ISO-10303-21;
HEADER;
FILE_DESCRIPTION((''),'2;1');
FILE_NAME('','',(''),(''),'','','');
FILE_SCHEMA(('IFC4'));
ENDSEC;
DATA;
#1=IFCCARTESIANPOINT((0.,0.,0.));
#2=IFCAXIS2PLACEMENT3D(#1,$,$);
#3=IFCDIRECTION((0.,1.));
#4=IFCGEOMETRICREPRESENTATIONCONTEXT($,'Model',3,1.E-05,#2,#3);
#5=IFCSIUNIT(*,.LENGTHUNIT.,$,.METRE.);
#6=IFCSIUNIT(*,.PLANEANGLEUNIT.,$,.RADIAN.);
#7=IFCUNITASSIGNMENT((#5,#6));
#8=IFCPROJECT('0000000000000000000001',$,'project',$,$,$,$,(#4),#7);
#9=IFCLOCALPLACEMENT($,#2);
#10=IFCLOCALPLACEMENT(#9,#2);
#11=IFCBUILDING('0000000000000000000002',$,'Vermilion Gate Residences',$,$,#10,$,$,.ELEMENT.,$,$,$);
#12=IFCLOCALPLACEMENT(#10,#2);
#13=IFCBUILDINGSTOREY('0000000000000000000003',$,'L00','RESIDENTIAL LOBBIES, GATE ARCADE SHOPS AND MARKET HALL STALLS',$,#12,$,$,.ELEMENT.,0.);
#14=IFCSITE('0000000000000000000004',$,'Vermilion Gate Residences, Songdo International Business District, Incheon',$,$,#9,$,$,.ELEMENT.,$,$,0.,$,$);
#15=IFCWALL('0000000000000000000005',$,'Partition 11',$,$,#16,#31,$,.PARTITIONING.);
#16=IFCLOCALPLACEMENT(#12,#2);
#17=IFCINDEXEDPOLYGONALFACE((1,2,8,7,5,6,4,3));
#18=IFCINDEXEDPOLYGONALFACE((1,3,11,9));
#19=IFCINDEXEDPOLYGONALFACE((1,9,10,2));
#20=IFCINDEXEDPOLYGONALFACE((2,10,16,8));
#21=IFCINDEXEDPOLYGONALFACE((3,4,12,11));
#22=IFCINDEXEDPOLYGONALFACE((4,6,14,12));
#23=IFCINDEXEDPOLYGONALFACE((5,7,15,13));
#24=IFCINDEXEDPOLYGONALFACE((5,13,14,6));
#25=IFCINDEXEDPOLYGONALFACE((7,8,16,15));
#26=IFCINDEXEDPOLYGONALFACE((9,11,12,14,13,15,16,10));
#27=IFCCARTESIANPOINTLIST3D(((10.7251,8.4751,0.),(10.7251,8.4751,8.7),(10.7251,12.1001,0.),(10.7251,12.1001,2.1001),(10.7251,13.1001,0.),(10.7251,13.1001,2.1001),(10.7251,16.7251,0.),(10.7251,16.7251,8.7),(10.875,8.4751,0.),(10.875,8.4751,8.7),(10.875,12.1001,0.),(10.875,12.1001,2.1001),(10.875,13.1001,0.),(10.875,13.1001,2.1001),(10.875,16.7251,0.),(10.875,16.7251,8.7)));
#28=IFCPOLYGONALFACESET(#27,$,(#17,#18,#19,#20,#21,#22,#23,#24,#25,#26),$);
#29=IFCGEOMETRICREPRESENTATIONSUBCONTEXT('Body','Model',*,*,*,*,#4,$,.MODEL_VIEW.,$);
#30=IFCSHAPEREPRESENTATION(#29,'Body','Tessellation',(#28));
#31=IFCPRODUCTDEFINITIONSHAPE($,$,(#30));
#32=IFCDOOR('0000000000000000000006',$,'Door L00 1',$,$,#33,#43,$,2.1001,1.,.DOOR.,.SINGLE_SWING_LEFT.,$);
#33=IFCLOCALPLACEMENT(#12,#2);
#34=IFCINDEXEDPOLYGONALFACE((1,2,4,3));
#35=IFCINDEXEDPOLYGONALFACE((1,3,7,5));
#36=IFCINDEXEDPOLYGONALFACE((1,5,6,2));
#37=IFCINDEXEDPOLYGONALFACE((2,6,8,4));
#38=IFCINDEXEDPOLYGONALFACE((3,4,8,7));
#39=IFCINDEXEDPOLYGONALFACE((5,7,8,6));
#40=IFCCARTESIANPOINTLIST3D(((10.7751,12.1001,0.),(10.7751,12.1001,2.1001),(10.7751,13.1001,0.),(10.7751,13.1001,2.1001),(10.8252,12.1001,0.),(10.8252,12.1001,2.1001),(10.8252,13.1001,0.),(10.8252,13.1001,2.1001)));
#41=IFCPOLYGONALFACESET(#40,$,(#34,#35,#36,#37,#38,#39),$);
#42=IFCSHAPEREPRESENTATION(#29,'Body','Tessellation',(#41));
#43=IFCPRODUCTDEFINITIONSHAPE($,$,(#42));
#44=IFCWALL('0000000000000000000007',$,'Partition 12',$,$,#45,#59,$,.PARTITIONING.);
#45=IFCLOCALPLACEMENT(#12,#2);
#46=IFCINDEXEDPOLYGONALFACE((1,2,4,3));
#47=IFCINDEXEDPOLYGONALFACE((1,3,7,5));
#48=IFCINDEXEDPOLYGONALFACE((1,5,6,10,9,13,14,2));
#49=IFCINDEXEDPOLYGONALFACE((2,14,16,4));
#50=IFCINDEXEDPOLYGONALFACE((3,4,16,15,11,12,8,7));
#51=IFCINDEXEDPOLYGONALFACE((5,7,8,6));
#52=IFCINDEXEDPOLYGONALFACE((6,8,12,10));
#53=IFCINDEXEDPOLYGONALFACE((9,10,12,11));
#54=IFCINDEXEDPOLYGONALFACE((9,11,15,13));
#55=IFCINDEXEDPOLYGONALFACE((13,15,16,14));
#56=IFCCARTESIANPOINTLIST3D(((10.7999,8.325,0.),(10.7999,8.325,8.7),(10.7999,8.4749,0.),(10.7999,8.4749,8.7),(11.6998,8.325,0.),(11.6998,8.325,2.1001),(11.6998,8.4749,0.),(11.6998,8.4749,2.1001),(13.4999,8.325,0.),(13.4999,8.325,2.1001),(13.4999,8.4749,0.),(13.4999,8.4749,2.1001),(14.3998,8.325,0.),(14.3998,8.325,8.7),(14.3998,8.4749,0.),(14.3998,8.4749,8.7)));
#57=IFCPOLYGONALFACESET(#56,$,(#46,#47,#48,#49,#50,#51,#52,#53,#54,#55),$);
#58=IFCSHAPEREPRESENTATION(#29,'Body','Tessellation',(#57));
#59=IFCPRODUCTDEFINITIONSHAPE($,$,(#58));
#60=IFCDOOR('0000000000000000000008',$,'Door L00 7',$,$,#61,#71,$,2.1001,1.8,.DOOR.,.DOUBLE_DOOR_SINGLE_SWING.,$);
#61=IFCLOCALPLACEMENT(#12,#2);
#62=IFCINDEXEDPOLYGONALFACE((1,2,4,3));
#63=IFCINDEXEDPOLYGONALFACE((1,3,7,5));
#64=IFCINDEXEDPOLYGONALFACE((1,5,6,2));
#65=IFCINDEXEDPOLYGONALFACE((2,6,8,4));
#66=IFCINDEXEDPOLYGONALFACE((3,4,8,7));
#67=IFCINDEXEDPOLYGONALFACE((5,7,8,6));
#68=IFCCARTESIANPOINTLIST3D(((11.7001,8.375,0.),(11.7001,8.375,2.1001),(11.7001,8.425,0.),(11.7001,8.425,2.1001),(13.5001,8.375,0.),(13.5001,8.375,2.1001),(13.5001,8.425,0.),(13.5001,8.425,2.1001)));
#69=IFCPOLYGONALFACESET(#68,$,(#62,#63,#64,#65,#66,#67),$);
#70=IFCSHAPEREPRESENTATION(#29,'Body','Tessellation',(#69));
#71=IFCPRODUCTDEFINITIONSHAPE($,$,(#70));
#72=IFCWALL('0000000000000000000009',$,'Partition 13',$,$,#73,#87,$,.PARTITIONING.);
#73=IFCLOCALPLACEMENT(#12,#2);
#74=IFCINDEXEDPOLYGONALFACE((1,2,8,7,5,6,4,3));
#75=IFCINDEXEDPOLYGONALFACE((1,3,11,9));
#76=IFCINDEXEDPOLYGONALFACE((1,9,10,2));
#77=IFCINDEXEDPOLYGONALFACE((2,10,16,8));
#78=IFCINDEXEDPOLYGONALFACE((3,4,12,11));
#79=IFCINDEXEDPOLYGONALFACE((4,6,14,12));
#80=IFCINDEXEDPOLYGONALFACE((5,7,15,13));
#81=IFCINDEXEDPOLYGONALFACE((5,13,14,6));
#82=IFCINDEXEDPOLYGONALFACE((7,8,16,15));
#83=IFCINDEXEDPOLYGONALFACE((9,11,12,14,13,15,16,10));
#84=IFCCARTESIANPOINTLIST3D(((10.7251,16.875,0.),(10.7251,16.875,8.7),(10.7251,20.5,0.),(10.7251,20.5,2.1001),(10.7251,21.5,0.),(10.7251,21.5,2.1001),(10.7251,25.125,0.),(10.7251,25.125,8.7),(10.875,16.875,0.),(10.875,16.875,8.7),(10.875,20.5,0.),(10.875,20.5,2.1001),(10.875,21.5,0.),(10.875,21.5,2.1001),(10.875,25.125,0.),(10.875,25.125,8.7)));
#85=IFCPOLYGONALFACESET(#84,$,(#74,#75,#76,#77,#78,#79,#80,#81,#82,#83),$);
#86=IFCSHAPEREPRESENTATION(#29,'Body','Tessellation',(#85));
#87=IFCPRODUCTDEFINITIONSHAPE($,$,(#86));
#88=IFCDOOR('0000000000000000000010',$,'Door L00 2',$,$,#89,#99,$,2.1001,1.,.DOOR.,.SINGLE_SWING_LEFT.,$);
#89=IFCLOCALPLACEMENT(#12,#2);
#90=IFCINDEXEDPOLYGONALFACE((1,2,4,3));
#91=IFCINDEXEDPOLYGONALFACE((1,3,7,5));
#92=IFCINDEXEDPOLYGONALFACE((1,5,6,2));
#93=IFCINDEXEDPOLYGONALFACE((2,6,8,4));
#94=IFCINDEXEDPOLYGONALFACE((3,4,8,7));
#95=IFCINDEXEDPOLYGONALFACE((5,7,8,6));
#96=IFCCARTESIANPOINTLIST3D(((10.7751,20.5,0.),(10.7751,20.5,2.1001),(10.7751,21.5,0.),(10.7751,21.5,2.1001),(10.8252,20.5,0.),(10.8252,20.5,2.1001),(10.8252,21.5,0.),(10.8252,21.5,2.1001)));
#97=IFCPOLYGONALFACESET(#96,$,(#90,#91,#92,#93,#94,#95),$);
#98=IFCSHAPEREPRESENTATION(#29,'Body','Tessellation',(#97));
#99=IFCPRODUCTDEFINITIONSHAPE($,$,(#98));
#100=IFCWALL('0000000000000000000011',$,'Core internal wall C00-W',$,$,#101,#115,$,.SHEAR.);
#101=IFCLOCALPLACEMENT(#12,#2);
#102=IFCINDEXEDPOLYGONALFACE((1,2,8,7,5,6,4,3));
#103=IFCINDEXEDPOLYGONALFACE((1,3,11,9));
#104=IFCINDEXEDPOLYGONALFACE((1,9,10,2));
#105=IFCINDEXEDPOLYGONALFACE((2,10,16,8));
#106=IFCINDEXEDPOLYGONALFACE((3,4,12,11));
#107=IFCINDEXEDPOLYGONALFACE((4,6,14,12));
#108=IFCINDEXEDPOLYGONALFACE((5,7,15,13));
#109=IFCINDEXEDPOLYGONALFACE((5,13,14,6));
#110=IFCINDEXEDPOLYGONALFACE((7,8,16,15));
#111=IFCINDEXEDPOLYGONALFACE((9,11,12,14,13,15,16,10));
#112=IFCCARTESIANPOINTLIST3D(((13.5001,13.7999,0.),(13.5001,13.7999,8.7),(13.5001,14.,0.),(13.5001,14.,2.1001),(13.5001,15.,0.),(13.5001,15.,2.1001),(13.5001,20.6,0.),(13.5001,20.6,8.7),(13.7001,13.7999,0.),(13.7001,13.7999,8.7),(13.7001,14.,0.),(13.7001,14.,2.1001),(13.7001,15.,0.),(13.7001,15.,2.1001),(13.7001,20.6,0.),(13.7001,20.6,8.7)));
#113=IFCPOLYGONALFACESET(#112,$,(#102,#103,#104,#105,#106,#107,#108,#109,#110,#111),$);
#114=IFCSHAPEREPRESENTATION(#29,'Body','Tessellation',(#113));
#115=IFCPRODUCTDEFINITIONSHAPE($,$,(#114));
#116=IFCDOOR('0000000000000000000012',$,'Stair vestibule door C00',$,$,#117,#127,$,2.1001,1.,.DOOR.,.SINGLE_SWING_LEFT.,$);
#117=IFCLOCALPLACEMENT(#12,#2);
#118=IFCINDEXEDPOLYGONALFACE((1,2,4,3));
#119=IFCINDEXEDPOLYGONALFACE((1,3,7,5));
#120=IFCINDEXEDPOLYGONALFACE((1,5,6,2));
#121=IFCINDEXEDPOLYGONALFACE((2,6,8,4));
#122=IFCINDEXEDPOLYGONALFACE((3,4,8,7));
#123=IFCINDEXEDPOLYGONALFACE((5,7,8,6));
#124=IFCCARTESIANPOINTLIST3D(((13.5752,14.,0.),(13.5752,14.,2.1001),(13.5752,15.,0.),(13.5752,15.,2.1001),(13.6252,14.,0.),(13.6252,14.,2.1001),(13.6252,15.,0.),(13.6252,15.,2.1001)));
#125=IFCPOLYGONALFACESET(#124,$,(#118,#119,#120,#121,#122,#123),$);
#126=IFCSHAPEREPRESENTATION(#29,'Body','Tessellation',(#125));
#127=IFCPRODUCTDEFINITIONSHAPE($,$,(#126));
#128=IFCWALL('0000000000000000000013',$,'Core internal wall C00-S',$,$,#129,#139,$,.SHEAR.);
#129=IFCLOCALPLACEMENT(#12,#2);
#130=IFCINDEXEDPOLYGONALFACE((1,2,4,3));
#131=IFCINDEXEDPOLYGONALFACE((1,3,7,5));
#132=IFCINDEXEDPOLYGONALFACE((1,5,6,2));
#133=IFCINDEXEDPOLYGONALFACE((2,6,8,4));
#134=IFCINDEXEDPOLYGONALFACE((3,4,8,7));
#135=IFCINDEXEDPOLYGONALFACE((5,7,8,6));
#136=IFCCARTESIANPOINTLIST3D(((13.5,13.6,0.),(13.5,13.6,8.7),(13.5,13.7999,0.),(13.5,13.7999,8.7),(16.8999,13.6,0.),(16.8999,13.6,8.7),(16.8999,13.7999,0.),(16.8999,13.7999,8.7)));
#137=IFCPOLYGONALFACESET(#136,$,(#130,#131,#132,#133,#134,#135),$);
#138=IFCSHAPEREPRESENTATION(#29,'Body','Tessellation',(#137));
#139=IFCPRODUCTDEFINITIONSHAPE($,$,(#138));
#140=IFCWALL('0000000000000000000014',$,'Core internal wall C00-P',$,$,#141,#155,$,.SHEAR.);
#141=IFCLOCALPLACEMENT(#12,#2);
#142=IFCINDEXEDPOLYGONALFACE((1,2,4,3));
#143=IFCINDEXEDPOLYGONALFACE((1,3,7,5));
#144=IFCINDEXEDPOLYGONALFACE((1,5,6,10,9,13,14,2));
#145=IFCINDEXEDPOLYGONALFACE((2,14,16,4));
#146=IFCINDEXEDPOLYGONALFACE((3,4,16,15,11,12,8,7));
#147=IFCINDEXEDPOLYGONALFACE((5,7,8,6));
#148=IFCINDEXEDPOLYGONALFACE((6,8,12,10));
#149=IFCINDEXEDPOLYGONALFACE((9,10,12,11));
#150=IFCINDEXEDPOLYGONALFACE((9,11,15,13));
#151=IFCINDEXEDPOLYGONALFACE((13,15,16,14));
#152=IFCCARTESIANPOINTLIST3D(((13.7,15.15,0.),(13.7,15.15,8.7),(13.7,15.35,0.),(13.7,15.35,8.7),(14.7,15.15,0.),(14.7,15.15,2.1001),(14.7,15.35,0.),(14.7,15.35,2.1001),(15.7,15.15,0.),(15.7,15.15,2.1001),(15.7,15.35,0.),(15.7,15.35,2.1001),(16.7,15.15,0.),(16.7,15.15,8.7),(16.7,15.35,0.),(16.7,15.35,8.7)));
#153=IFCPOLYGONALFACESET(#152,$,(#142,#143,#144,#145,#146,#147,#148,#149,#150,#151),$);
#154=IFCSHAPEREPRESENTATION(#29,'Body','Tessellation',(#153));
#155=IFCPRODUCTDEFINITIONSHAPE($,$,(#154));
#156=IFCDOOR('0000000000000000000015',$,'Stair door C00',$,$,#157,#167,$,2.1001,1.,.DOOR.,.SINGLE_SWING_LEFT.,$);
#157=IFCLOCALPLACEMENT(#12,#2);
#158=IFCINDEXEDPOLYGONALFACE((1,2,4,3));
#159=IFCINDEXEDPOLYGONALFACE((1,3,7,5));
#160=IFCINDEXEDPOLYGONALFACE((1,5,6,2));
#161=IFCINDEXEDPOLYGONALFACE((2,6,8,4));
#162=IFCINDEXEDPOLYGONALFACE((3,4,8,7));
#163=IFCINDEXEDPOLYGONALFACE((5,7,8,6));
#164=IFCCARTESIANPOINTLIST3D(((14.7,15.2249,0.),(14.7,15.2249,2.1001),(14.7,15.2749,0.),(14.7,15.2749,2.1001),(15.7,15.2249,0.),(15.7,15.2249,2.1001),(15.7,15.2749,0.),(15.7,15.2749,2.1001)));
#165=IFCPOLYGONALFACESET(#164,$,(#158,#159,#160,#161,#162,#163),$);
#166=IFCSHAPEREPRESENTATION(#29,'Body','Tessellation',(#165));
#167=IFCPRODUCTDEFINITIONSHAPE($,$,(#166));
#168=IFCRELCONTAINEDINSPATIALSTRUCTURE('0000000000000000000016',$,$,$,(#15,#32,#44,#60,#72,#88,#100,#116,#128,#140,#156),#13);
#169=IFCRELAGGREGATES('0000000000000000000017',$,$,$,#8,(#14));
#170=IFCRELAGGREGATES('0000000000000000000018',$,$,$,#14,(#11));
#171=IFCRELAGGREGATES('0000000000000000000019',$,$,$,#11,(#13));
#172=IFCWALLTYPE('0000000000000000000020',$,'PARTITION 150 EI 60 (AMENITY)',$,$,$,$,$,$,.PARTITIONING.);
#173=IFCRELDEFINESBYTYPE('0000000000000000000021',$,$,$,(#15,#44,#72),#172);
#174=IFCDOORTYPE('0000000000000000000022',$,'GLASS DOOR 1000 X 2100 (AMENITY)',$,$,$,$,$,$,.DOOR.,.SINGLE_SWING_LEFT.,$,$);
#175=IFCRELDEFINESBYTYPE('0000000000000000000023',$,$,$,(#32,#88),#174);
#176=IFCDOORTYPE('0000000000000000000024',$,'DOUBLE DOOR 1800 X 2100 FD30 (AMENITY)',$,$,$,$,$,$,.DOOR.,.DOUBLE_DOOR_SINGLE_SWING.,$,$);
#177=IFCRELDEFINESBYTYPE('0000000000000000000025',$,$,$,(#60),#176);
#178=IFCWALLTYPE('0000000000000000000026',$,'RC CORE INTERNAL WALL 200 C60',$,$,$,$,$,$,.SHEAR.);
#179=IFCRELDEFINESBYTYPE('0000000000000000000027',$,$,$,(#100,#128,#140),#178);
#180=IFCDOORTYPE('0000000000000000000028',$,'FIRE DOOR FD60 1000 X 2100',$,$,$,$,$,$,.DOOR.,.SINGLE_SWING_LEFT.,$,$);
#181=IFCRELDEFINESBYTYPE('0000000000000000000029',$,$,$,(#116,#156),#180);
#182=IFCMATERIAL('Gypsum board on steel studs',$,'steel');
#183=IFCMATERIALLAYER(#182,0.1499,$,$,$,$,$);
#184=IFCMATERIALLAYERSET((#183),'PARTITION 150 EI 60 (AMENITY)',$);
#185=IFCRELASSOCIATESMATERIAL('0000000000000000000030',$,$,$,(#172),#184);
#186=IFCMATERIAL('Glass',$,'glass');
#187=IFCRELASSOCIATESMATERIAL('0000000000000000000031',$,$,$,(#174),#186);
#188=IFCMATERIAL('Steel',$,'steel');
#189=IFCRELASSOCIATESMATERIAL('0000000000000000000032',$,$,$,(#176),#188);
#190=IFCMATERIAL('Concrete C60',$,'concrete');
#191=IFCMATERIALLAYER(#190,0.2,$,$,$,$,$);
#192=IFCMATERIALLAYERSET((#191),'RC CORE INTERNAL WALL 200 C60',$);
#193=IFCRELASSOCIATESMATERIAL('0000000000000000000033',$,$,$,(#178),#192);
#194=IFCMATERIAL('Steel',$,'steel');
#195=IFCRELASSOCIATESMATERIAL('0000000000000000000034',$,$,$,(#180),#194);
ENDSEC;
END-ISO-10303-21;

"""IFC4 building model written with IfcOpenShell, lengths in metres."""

from ifc_helpers import new_model, si_unit, direction, frame, frame_2d, origin, place, context, subcontext, project, spatial, rectangle, extrude, material, layer, layer_set, type_object, element, fill, save


model = new_model("IFC4")

# Units and contexts
model_context = context("Model", 3, precision=1e-05, world=origin(), true_north=direction((0.0, 1.0)))
body_context = subcontext(model_context, "Body", "Model", "MODEL_VIEW")
ifc_project = project(units=[si_unit("LENGTHUNIT", "METRE"), si_unit("PLANEANGLEUNIT", "RADIAN")], contexts=[model_context])

# Site, building, storey
site_placement = place(None, origin())
site = spatial("IfcSite", under=ifc_project, at=site_placement, Name="Vermilion Gate Residences, Songdo International Business District, Incheon", CompositionType="ELEMENT", RefElevation=0.0)
building_placement = place(site_placement, origin())
building = spatial("IfcBuilding", under=site, at=building_placement, Name="Vermilion Gate Residences", CompositionType="ELEMENT")
storey_placement = place(building_placement, origin())
storey = spatial("IfcBuildingStorey", under=building, at=storey_placement, Name="L00", Description="RESIDENTIAL LOBBIES, GATE ARCADE SHOPS AND MARKET HALL STALLS", CompositionType="ELEMENT", Elevation=0.0)

# Shared definitions
ifc_material_1 = material(Name="Gypsum board on steel studs", Category="steel")
ifc_layer_1 = layer(ifc_material_1, 0.1499)
ifc_layer_set_1 = layer_set([ifc_layer_1], Name="PARTITION 150 EI 60 (AMENITY)")
wall_type_1 = type_object("IfcWallType", Name="PARTITION 150 EI 60 (AMENITY)", PredefinedType="PARTITIONING", material=ifc_layer_set_1)

# Walls, openings, doors
wall_1_placement = place(storey_placement, frame((10.8, 8.4751, 0.0), z_axis=(0.0, 0.0, 1.0), x_axis=(0.0, 1.0, 0.0)))
wall_1 = element("IfcWall", 1, at=wall_1_placement, inside=storey, type_object=wall_type_1, Name="Partition 11", PredefinedType="PARTITIONING", context=body_context, shape_type="SweptSolid", body=[
    extrude(rectangle(XDim=8.25, YDim=0.1499, at=frame_2d((4.125, 0.0))), origin(), (0.0, 0.0, 1.0), 8.7),
])
opening_1_placement = place(wall_1_placement, frame((3.625, 0.0, 0.0)))
opening_1 = element("IfcOpeningElement", 2, at=opening_1_placement, cuts=wall_1, PredefinedType="OPENING", context=body_context, shape_type="SweptSolid", body=[
    extrude(rectangle(XDim=1.0, YDim=2.1001, at=frame_2d((0.5, 1.05))), frame((0.0, 0.085, 0.0), z_axis=(0.0, -1.0, 0.0), x_axis=(1.0, 0.0, 0.0)), (0.0, 0.0, 1.0), 0.1699),
])
ifc_material_2 = material(Name="Glass", Category="glass")
door_type_1 = type_object("IfcDoorType", Name="GLASS DOOR 1000 X 2100 (AMENITY)", OperationType="SINGLE_SWING_LEFT", PredefinedType="DOOR", material=ifc_material_2)
door_1_placement = place(opening_1_placement, origin())
door_1 = element("IfcDoor", 3, at=door_1_placement, inside=storey, type_object=door_type_1, Name="Door L00 1", OperationType="SINGLE_SWING_LEFT", OverallHeight=2.1001, OverallWidth=1.0, PredefinedType="DOOR", context=body_context, shape_type="SweptSolid", body=[
    extrude(rectangle(XDim=1.0, YDim=2.1001, at=frame_2d((0.5, 1.05))), frame((0.0, 0.0249, 0.0), z_axis=(0.0, -1.0, 0.0), x_axis=(1.0, 0.0, 0.0)), (0.0, 0.0, 1.0), 0.05),
])
fill(opening_1, door_1)
wall_2_placement = place(storey_placement, frame((10.8, 8.3999, 0.0), z_axis=(0.0, 0.0, 1.0), x_axis=(1.0, 0.0, 0.0)))
wall_2 = element("IfcWall", 4, at=wall_2_placement, inside=storey, type_object=wall_type_1, Name="Partition 12", PredefinedType="PARTITIONING", context=body_context, shape_type="SweptSolid", body=[
    extrude(rectangle(XDim=3.5999, YDim=0.1499, at=frame_2d((1.7998, 0.0))), origin(), (0.0, 0.0, 1.0), 8.7),
])
opening_2_placement = place(wall_2_placement, frame((0.8999, 0.0, 0.0)))
opening_2 = element("IfcOpeningElement", 5, at=opening_2_placement, cuts=wall_2, PredefinedType="OPENING", context=body_context, shape_type="SweptSolid", body=[
    extrude(rectangle(XDim=1.8, YDim=2.1001, at=frame_2d((0.8999, 1.05))), frame((0.0, 0.085, 0.0), z_axis=(0.0, -1.0, 0.0), x_axis=(1.0, 0.0, 0.0)), (0.0, 0.0, 1.0), 0.1699),
])
ifc_material_3 = material(Name="Steel", Category="steel")
door_type_2 = type_object("IfcDoorType", Name="DOUBLE DOOR 1800 X 2100 FD30 (AMENITY)", OperationType="DOUBLE_DOOR_SINGLE_SWING", PredefinedType="DOOR", material=ifc_material_3)
door_2_placement = place(opening_2_placement, frame((1.8, 0.0, 0.0), z_axis=(0.0, 0.0, 1.0), x_axis=(-1.0, 0.0, 0.0)))
door_2 = element("IfcDoor", 6, at=door_2_placement, inside=storey, type_object=door_type_2, Name="Door L00 7", OperationType="DOUBLE_DOOR_SINGLE_SWING", OverallHeight=2.1001, OverallWidth=1.8, PredefinedType="DOOR", context=body_context, shape_type="SweptSolid", body=[
    extrude(rectangle(XDim=1.8, YDim=2.1001, at=frame_2d((0.8999, 1.05))), frame((0.0, 0.0249, 0.0), z_axis=(0.0, -1.0, 0.0), x_axis=(1.0, 0.0, 0.0)), (0.0, 0.0, 1.0), 0.05),
])
fill(opening_2, door_2)
wall_3_placement = place(storey_placement, frame((10.8, 16.875, 0.0), z_axis=(0.0, 0.0, 1.0), x_axis=(0.0, 1.0, 0.0)))
wall_3 = element("IfcWall", 7, at=wall_3_placement, inside=storey, type_object=wall_type_1, Name="Partition 13", PredefinedType="PARTITIONING", context=body_context, shape_type="SweptSolid", body=[
    extrude(rectangle(XDim=8.25, YDim=0.1499, at=frame_2d((4.125, 0.0))), origin(), (0.0, 0.0, 1.0), 8.7),
])
opening_3_placement = place(wall_3_placement, frame((3.625, 0.0, 0.0)))
opening_3 = element("IfcOpeningElement", 8, at=opening_3_placement, cuts=wall_3, PredefinedType="OPENING", context=body_context, shape_type="SweptSolid", body=[
    extrude(rectangle(XDim=1.0, YDim=2.1001, at=frame_2d((0.5, 1.05))), frame((0.0, 0.085, 0.0), z_axis=(0.0, -1.0, 0.0), x_axis=(1.0, 0.0, 0.0)), (0.0, 0.0, 1.0), 0.1699),
])
door_3_placement = place(opening_3_placement, origin())
door_3 = element("IfcDoor", 9, at=door_3_placement, inside=storey, type_object=door_type_1, Name="Door L00 2", OperationType="SINGLE_SWING_LEFT", OverallHeight=2.1001, OverallWidth=1.0, PredefinedType="DOOR", context=body_context, shape_type="SweptSolid", body=[
    extrude(rectangle(XDim=1.0, YDim=2.1001, at=frame_2d((0.5, 1.05))), frame((0.0, 0.0249, 0.0), z_axis=(0.0, -1.0, 0.0), x_axis=(1.0, 0.0, 0.0)), (0.0, 0.0, 1.0), 0.05),
])
fill(opening_3, door_3)
ifc_material_4 = material(Name="Concrete C60", Category="concrete")
ifc_layer_2 = layer(ifc_material_4, 0.2)
ifc_layer_set_2 = layer_set([ifc_layer_2], Name="RC CORE INTERNAL WALL 200 C60")
wall_type_2 = type_object("IfcWallType", Name="RC CORE INTERNAL WALL 200 C60", PredefinedType="SHEAR", material=ifc_layer_set_2)
wall_4_placement = place(storey_placement, frame((13.6001, 13.8, 0.0), z_axis=(0.0, 0.0, 1.0), x_axis=(0.0, 1.0, 0.0)))
wall_4 = element("IfcWall", 10, at=wall_4_placement, inside=storey, type_object=wall_type_2, Name="Core internal wall C00-W", PredefinedType="SHEAR", context=body_context, shape_type="SweptSolid", body=[
    extrude(rectangle(XDim=6.8, YDim=0.2, at=frame_2d((3.3999, 0.0))), origin(), (0.0, 0.0, 1.0), 8.7),
])
opening_4_placement = place(wall_4_placement, frame((0.2, 0.0, 0.0)))
opening_4 = element("IfcOpeningElement", 11, at=opening_4_placement, cuts=wall_4, PredefinedType="OPENING", context=body_context, shape_type="SweptSolid", body=[
    extrude(rectangle(XDim=1.0, YDim=2.1001, at=frame_2d((0.5, 1.05))), frame((0.0, 0.1099, 0.0), z_axis=(0.0, -1.0, 0.0), x_axis=(1.0, 0.0, 0.0)), (0.0, 0.0, 1.0), 0.22),
])
ifc_material_5 = material(Name="Steel", Category="steel")
door_type_3 = type_object("IfcDoorType", Name="FIRE DOOR FD60 1000 X 2100", OperationType="SINGLE_SWING_LEFT", PredefinedType="DOOR", material=ifc_material_5)
door_4_placement = place(opening_4_placement, origin())
door_4 = element("IfcDoor", 12, at=door_4_placement, inside=storey, type_object=door_type_3, Name="Stair vestibule door C00", OperationType="SINGLE_SWING_LEFT", OverallHeight=2.1001, OverallWidth=1.0, PredefinedType="DOOR", context=body_context, shape_type="SweptSolid", body=[
    extrude(rectangle(XDim=1.0, YDim=2.1001, at=frame_2d((0.5, 1.05))), frame((0.0, 0.0249, 0.0), z_axis=(0.0, -1.0, 0.0), x_axis=(1.0, 0.0, 0.0)), (0.0, 0.0, 1.0), 0.05),
])
fill(opening_4, door_4)

# Wall
wall_5_placement = place(storey_placement, frame((13.5, 13.7, 0.0), z_axis=(0.0, 0.0, 1.0), x_axis=(1.0, 0.0, 0.0)))
element("IfcWall", 13, at=wall_5_placement, inside=storey, type_object=wall_type_2, Name="Core internal wall C00-S", PredefinedType="SHEAR", context=body_context, shape_type="SweptSolid", body=[
    extrude(rectangle(XDim=3.3999, YDim=0.2, at=frame_2d((1.7, 0.0))), origin(), (0.0, 0.0, 1.0), 8.7),
])

# Wall, opening, door
wall_6_placement = place(storey_placement, frame((13.7, 15.25, 0.0), z_axis=(0.0, 0.0, 1.0), x_axis=(1.0, 0.0, 0.0)))
wall_6 = element("IfcWall", 14, at=wall_6_placement, inside=storey, type_object=wall_type_2, Name="Core internal wall C00-P", PredefinedType="SHEAR", context=body_context, shape_type="SweptSolid", body=[
    extrude(rectangle(XDim=3.0, YDim=0.2, at=frame_2d((1.5, 0.0))), origin(), (0.0, 0.0, 1.0), 8.7),
])
opening_5_placement = place(wall_6_placement, frame((1.0, 0.0, 0.0)))
opening_5 = element("IfcOpeningElement", 15, at=opening_5_placement, cuts=wall_6, PredefinedType="OPENING", context=body_context, shape_type="SweptSolid", body=[
    extrude(rectangle(XDim=1.0, YDim=2.1001, at=frame_2d((0.5, 1.05))), frame((0.0, 0.1099, 0.0), z_axis=(0.0, -1.0, 0.0), x_axis=(1.0, 0.0, 0.0)), (0.0, 0.0, 1.0), 0.22),
])
door_5_placement = place(opening_5_placement, origin())
door_5 = element("IfcDoor", 16, at=door_5_placement, inside=storey, type_object=door_type_3, Name="Stair door C00", OperationType="SINGLE_SWING_LEFT", OverallHeight=2.1001, OverallWidth=1.0, PredefinedType="DOOR", context=body_context, shape_type="SweptSolid", body=[
    extrude(rectangle(XDim=1.0, YDim=2.1001, at=frame_2d((0.5, 1.05))), frame((0.0, 0.0249, 0.0), z_axis=(0.0, -1.0, 0.0), x_axis=(1.0, 0.0, 0.0)), (0.0, 0.0, 1.0), 0.05),
])
fill(opening_5, door_5)

save(model, "model.ifc")
